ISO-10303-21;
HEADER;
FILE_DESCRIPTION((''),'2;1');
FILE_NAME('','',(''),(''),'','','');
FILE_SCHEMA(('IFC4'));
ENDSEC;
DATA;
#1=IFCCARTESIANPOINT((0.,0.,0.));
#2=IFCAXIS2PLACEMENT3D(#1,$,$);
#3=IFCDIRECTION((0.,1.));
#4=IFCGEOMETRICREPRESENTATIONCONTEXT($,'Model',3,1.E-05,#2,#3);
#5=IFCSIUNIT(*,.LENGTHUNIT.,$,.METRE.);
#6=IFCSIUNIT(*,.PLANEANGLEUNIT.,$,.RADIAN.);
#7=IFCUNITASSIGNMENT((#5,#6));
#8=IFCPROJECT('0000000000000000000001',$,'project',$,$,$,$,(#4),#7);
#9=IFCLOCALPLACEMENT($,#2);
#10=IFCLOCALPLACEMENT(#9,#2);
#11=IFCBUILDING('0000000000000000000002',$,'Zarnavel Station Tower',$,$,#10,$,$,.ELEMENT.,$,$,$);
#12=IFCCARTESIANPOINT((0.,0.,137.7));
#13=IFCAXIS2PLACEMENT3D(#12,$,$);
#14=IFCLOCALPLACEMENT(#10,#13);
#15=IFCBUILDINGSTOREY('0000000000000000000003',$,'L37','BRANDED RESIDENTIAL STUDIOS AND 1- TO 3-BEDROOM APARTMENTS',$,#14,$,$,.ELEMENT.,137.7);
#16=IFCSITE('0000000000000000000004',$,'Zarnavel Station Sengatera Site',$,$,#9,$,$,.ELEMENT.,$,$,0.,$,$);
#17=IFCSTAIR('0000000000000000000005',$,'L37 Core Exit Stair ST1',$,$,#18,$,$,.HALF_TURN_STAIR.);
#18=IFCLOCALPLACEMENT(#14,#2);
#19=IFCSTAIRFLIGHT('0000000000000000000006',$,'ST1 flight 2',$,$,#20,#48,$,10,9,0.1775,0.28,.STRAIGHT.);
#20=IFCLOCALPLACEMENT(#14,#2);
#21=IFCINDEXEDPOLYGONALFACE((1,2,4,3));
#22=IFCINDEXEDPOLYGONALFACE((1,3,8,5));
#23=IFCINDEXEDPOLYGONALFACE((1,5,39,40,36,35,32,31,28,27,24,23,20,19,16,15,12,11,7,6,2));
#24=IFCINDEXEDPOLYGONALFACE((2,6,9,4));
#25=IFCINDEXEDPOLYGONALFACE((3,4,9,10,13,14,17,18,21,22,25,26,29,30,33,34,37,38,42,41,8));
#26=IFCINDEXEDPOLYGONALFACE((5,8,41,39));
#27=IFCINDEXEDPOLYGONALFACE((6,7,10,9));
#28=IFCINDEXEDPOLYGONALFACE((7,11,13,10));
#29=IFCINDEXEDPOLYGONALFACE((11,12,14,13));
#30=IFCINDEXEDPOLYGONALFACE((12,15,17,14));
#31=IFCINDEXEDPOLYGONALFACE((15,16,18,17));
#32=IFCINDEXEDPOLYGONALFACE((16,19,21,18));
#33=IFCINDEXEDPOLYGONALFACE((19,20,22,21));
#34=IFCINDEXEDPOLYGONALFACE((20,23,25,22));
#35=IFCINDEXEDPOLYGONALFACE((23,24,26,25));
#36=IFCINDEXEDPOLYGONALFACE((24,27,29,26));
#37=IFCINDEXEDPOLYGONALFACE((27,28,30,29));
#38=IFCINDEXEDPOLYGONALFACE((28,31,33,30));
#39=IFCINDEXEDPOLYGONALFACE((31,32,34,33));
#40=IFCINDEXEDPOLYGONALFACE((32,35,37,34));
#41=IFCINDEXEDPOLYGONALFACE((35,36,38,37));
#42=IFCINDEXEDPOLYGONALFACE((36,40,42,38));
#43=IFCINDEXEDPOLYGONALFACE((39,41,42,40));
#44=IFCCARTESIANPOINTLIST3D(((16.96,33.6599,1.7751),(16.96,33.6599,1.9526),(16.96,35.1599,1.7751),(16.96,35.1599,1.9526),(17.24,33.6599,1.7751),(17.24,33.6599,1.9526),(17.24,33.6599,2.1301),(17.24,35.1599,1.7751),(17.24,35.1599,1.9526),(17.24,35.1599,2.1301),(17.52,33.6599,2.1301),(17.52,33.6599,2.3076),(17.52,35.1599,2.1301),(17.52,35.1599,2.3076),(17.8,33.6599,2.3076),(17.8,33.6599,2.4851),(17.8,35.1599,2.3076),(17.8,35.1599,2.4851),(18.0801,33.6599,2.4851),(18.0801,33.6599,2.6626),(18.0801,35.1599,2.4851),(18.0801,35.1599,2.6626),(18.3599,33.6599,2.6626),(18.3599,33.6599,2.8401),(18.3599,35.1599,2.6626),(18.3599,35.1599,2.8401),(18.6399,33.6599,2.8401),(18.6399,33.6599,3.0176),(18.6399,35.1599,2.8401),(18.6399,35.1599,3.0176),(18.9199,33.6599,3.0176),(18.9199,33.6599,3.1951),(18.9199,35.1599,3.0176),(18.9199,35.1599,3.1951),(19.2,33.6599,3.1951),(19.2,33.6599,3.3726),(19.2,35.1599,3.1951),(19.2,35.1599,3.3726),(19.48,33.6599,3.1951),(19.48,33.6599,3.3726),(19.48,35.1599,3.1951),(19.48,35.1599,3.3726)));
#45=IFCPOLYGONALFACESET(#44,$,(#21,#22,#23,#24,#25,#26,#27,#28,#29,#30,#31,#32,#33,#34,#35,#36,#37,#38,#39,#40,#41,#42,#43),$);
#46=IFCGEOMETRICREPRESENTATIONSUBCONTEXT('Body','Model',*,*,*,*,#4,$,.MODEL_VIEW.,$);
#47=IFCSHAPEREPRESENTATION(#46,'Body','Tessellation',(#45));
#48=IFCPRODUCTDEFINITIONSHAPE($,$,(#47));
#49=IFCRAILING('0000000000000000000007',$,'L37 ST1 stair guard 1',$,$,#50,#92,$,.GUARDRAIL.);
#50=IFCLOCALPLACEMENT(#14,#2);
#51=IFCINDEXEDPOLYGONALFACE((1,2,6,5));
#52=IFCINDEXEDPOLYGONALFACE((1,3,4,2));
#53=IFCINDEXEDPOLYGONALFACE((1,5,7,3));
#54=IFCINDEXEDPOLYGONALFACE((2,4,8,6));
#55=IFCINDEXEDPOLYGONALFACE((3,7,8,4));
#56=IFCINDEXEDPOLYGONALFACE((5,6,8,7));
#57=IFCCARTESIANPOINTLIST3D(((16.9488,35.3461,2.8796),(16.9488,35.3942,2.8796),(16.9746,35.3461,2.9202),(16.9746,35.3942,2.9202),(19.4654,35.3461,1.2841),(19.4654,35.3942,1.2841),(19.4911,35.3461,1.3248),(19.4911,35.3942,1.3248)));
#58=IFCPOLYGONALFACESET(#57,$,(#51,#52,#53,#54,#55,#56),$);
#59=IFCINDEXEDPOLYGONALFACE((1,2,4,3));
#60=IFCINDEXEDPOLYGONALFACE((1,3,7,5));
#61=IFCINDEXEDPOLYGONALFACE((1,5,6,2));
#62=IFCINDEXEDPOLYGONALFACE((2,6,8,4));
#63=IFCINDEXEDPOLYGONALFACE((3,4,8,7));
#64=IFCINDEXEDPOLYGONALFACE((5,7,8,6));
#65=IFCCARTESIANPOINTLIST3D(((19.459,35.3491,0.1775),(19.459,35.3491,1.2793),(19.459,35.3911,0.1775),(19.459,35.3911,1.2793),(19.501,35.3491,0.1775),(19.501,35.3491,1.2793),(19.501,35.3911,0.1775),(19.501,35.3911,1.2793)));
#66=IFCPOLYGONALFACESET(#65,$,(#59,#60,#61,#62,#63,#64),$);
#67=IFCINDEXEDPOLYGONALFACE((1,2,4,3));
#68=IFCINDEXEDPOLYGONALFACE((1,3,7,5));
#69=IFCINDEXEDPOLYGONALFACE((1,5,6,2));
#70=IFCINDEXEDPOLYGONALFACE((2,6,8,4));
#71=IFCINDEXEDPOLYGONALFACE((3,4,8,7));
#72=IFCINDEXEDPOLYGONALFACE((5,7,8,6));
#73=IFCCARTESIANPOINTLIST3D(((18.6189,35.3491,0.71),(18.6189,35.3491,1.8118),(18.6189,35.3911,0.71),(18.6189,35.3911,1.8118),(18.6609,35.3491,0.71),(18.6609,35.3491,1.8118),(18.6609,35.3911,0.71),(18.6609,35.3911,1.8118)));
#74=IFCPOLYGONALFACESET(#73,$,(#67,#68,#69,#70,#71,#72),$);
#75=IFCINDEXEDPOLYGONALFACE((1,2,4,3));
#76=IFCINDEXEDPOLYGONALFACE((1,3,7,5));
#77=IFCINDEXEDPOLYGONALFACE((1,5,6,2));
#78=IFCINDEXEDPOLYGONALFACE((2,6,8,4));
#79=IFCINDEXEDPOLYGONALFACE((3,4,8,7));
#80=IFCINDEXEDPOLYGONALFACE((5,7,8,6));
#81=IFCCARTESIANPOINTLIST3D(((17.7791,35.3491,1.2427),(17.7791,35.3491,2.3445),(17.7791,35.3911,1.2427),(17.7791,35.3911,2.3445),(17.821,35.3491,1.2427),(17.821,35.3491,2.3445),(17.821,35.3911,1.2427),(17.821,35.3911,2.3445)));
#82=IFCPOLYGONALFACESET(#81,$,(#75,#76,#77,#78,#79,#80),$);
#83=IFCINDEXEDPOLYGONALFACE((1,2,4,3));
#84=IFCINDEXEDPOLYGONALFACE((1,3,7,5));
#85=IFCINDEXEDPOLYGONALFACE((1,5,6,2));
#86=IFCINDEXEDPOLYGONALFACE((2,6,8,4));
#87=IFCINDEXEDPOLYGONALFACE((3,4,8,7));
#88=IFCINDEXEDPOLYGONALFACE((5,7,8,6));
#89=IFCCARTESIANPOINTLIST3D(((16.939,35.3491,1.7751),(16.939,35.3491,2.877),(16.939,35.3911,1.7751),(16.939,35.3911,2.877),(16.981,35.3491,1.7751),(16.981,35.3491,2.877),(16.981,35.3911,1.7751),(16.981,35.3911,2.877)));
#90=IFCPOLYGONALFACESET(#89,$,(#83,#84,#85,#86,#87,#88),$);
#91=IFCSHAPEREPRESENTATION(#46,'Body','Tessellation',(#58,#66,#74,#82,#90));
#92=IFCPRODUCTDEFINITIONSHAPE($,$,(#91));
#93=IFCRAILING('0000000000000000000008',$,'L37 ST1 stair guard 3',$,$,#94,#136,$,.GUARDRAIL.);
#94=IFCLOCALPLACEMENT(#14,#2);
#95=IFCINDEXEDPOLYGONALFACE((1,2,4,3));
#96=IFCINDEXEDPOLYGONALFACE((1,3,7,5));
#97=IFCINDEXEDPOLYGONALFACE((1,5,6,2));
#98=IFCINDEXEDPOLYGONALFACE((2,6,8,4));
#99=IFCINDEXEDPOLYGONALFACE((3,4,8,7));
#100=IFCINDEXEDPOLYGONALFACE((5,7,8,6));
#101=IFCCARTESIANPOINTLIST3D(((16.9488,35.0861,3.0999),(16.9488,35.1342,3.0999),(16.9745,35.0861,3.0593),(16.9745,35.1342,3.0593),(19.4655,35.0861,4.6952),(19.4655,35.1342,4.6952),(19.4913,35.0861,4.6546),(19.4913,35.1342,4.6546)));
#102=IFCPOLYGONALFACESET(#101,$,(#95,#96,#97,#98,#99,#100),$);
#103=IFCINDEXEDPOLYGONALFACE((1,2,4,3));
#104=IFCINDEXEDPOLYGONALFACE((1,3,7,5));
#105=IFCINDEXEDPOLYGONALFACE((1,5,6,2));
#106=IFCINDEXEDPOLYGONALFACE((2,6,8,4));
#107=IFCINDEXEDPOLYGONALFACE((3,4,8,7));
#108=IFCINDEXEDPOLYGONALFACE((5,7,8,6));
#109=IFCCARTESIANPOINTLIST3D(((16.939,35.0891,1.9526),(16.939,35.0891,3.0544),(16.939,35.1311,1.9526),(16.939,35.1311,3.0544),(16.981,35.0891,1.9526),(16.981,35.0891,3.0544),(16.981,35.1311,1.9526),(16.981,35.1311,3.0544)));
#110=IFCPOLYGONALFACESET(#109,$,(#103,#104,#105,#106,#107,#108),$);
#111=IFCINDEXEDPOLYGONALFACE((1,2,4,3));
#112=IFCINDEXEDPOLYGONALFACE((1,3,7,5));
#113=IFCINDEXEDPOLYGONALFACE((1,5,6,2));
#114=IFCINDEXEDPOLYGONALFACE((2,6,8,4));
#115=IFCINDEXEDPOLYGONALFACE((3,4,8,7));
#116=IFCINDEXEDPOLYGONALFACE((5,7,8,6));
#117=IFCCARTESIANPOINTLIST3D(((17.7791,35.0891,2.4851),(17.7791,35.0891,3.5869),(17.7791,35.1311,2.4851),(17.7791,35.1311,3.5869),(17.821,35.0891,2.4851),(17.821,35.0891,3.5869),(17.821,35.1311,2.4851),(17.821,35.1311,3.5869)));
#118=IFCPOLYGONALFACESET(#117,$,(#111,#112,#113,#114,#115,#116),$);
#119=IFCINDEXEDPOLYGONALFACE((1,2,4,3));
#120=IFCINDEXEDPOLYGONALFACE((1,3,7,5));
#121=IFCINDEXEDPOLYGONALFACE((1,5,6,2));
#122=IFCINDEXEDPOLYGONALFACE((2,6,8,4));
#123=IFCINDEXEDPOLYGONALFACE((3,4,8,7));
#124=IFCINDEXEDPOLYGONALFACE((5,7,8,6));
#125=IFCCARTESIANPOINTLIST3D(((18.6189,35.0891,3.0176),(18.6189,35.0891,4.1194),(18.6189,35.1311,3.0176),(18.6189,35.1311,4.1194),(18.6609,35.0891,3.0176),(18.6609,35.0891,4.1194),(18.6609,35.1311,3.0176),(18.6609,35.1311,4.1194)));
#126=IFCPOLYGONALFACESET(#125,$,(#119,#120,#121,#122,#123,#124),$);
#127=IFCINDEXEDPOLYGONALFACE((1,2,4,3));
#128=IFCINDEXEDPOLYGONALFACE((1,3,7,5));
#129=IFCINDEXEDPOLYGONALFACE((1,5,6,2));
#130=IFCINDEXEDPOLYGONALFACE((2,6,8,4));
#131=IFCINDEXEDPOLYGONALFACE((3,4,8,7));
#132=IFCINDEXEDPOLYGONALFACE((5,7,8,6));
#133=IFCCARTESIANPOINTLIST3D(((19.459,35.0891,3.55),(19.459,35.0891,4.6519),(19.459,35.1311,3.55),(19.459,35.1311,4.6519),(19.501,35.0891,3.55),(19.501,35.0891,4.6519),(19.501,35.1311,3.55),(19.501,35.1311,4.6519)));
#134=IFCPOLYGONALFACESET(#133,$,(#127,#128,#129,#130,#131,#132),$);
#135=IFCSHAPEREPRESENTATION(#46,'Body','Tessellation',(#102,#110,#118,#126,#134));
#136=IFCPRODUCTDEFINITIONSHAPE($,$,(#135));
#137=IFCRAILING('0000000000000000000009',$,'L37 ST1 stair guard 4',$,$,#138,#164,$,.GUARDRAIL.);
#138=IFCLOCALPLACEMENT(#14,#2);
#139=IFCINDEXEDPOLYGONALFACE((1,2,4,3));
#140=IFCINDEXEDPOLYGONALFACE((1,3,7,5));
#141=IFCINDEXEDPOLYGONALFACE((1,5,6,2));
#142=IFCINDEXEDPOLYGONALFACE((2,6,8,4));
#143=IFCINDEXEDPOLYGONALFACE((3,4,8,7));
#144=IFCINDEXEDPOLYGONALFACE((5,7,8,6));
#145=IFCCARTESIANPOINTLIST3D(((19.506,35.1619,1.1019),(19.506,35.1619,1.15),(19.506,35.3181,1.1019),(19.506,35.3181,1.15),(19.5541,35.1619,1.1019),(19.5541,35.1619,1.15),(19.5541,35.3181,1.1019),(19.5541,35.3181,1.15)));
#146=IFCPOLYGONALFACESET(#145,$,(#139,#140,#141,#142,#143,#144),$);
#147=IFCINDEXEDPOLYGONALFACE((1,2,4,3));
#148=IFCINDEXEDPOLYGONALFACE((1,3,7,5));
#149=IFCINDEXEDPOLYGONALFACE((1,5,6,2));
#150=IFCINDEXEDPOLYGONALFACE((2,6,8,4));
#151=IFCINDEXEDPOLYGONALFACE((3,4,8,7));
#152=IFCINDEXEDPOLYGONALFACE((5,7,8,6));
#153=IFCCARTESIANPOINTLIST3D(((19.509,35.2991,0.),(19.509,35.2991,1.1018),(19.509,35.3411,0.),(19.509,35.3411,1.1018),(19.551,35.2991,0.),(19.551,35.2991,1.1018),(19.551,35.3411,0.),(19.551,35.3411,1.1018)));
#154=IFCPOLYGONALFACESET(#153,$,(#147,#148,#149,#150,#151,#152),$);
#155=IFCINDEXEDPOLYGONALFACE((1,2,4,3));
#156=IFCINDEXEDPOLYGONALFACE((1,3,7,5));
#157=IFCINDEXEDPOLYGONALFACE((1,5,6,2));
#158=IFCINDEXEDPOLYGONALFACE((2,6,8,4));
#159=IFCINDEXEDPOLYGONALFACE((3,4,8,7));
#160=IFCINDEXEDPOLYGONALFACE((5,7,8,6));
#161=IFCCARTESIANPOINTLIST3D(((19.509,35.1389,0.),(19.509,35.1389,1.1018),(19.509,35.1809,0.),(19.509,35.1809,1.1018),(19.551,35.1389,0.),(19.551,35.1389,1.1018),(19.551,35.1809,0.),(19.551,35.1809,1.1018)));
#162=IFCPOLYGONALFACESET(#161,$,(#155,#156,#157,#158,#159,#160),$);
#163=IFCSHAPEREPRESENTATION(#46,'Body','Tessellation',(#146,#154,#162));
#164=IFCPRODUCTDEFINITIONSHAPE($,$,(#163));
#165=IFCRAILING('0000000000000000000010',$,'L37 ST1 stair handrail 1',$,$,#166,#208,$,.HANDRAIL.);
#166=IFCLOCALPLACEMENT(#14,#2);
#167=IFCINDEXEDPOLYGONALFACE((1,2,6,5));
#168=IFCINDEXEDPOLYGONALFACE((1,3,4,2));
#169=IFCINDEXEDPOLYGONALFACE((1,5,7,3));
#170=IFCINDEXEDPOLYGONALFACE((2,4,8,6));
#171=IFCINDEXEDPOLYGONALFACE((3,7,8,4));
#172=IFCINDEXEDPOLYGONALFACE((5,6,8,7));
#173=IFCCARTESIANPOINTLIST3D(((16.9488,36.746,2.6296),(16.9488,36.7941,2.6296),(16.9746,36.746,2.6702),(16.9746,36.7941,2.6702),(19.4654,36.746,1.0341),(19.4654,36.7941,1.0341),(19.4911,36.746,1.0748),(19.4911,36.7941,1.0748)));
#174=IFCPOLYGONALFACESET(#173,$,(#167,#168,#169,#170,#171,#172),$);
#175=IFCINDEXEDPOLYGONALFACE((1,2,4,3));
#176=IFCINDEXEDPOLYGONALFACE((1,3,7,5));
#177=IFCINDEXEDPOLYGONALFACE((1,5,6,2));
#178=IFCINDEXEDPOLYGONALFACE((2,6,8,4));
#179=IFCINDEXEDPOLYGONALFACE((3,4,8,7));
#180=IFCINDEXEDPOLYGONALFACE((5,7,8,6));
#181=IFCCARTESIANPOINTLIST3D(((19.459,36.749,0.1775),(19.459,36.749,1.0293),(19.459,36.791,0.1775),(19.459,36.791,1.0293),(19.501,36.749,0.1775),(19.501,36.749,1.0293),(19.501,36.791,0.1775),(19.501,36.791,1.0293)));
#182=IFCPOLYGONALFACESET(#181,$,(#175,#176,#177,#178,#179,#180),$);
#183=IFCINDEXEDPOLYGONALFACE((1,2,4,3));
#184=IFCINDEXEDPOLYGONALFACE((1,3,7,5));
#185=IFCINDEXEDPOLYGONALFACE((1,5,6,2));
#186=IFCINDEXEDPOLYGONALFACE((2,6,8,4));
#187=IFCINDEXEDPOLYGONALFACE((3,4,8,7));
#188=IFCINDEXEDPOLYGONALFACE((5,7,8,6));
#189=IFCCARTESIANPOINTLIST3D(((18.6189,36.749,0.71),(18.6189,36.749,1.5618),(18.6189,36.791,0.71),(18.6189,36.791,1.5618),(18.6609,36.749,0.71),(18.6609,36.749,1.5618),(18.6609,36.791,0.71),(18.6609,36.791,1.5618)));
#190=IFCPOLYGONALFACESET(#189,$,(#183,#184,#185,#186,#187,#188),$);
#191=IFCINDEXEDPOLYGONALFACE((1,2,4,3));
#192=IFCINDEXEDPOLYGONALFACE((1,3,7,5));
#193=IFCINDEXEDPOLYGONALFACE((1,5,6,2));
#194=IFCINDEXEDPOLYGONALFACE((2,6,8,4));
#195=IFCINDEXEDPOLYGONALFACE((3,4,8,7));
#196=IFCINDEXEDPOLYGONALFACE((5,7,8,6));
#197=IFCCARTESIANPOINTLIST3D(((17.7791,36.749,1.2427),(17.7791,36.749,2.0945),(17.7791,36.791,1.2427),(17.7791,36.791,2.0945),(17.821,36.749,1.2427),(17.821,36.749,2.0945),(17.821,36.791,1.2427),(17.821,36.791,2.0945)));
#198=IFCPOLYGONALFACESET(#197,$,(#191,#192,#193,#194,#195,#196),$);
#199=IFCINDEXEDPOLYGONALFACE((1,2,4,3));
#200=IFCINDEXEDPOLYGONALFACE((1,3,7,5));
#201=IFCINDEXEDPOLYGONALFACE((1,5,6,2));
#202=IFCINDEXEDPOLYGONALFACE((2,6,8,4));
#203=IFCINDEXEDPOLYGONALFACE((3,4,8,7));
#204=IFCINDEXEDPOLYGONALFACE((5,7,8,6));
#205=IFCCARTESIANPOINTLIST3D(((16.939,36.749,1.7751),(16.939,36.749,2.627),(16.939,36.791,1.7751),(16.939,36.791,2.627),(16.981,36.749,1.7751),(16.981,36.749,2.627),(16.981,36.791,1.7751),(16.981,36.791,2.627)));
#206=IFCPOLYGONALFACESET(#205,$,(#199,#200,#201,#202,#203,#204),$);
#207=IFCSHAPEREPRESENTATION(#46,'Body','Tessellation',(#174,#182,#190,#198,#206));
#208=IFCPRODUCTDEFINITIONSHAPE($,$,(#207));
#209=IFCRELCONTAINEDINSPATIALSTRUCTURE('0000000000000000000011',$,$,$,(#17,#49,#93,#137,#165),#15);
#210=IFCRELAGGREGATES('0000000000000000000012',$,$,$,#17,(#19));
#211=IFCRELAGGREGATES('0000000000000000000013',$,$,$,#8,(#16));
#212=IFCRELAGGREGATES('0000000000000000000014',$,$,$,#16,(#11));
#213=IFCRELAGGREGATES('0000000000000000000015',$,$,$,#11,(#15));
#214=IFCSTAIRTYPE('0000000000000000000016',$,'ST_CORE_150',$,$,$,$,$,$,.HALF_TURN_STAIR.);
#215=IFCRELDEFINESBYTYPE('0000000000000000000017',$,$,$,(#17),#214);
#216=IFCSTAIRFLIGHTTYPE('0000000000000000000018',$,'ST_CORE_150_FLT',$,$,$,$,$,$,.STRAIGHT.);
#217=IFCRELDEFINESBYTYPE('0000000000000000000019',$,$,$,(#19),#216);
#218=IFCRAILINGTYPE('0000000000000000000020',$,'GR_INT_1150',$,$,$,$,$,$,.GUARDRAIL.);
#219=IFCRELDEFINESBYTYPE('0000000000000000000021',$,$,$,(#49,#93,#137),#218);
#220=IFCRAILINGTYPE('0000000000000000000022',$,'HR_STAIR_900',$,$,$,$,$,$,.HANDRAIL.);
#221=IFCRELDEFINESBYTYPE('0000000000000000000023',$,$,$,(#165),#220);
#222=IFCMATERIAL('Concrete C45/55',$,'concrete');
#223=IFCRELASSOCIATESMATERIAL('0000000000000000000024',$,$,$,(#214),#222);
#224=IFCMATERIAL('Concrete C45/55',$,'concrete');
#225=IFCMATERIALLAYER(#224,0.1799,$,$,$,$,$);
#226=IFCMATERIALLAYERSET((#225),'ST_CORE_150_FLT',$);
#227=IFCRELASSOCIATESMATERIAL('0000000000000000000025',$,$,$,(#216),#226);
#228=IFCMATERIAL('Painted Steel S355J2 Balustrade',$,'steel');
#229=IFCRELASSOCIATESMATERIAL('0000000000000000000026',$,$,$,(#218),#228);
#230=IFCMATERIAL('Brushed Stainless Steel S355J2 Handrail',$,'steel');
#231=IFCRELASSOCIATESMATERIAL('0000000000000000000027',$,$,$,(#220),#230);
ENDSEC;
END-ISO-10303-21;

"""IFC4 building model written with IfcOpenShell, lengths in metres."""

from ifc_helpers import new_model, si_unit, direction, frame, origin, origin_2d, place, context, subcontext, project, spatial, polyline, rectangle, outline, extrude, material, layer, layer_set, type_object, element, aggregate, save


model = new_model("IFC4")

# Units and contexts
model_context = context("Model", 3, precision=1e-05, world=origin(), true_north=direction((0.0, 1.0)))
body_context = subcontext(model_context, "Body", "Model", "MODEL_VIEW")
ifc_project = project(units=[si_unit("LENGTHUNIT", "METRE"), si_unit("PLANEANGLEUNIT", "RADIAN")], contexts=[model_context])

# Site, building, storey
site_placement = place(None, origin())
site = spatial("IfcSite", under=ifc_project, at=site_placement, Name="Zarnavel Station Sengatera Site", CompositionType="ELEMENT", RefElevation=0.0)
building_placement = place(site_placement, origin())
building = spatial("IfcBuilding", under=site, at=building_placement, Name="Zarnavel Station Tower", CompositionType="ELEMENT")
storey_placement = place(building_placement, frame((0.0, 0.0, 137.7)))
storey = spatial("IfcBuildingStorey", under=building, at=storey_placement, Name="L37", Description="BRANDED RESIDENTIAL STUDIOS AND 1- TO 3-BEDROOM APARTMENTS", CompositionType="ELEMENT", Elevation=137.7)

# Stair, stair flight
ifc_material_1 = material(Name="Concrete C45/55", Category="concrete")
stair_type = type_object("IfcStairType", Name="ST_CORE_150", PredefinedType="HALF_TURN_STAIR", material=ifc_material_1)
stair_placement = place(storey_placement, origin())
stair = element("IfcStair", 1, at=stair_placement, inside=storey, type_object=stair_type, Name="L37 Core Exit Stair ST1", PredefinedType="HALF_TURN_STAIR")
ifc_material_2 = material(Name="Concrete C45/55", Category="concrete")
ifc_layer_1 = layer(ifc_material_2, 0.1799)
ifc_layer_set_1 = layer_set([ifc_layer_1], Name="ST_CORE_150_FLT")
stair_flight_type = type_object("IfcStairFlightType", Name="ST_CORE_150_FLT", PredefinedType="STRAIGHT", material=ifc_layer_set_1)
stair_flight_1_placement = place(storey_placement, frame((16.96, 34.4099, 1.7751), z_axis=(0.0, 0.0, 1.0), x_axis=(1.0, 0.0, 0.0)))
stair_flight_1 = element("IfcStairFlight", 2, at=stair_flight_1_placement, type_object=stair_flight_type, Name="ST1 flight 2", NumberOfRisers=10, NumberOfTreads=9, PredefinedType="STRAIGHT", RiserHeight=0.1775, TreadLength=0.28, context=body_context, shape_type="SweptSolid", body=[
    extrude(outline(polyline([(0.0, 0.0), (0.0, 0.1775), (0.28, 0.1775), (0.28, 0.355), (0.5601, 0.355), (0.5601, 0.5325), (0.8401, 0.5325), (0.8401, 0.71), (1.1201, 0.71), (1.1201, 0.8875), (1.3999, 0.8875), (1.3999, 1.0649), (1.6799, 1.0649), (1.6799, 1.2424), (1.96, 1.2424), (1.96, 1.4199), (2.24, 1.4199), (2.24, 1.5974), (2.52, 1.5974), (2.52, 1.7749), (2.52, 1.4199), (0.28, 0.0), (0.0, 0.0)])), frame((0.0, 0.75, 0.0), z_axis=(0.0, -1.0, 0.0), x_axis=(1.0, 0.0, 0.0)), (0.0, 0.0, 1.0), 1.5),
])
aggregate(stair, [stair_flight_1])

# Railings
ifc_material_3 = material(Name="Painted Steel S355J2 Balustrade", Category="steel")
railing_type_1 = type_object("IfcRailingType", Name="GR_INT_1150", PredefinedType="GUARDRAIL", material=ifc_material_3)
railing_1_placement = place(storey_placement, frame((19.48, 35.3701, 0.1775)))
element("IfcRailing", 3, at=railing_1_placement, inside=storey, type_object=railing_type_1, Name="L37 ST1 stair guard 1", PredefinedType="GUARDRAIL", context=body_context, shape_type="SweptSolid", body=[
    extrude(rectangle(XDim=0.0481, YDim=0.0481, at=origin_2d()), frame((-0.0017, 0.0, 1.127), z_axis=(-0.84457, 0.0, 0.535445), x_axis=(0.0, -1.0, 0.0)), (0.0, 0.0, 1.0), 2.9797),
    extrude(rectangle(XDim=0.042, YDim=0.042, at=origin_2d()), origin(), (0.0, 0.0, 1.0), 1.1018),
    extrude(rectangle(XDim=0.042, YDim=0.042, at=origin_2d()), frame((-0.8401, 0.0, 0.5325)), (0.0, 0.0, 1.0), 1.1018),
    extrude(rectangle(XDim=0.042, YDim=0.042, at=origin_2d()), frame((-1.6799, 0.0, 1.0652)), (0.0, 0.0, 1.0), 1.1018),
    extrude(rectangle(XDim=0.042, YDim=0.042, at=origin_2d()), frame((-2.52, 0.0, 1.5977)), (0.0, 0.0, 1.0), 1.1018),
])
railing_2_placement = place(storey_placement, frame((16.96, 35.1101, 1.9526)))
element("IfcRailing", 4, at=railing_2_placement, inside=storey, type_object=railing_type_1, Name="L37 ST1 stair guard 3", PredefinedType="GUARDRAIL", context=body_context, shape_type="SweptSolid", body=[
    extrude(rectangle(XDim=0.0481, YDim=0.0481, at=origin_2d()), frame((0.0017, 0.0, 1.127), z_axis=(0.844607, 0.0, 0.535387), x_axis=(0.0, 1.0, 0.0)), (0.0, 0.0, 1.0), 2.9797),
    extrude(rectangle(XDim=0.042, YDim=0.042, at=origin_2d()), origin(), (0.0, 0.0, 1.0), 1.1018),
    extrude(rectangle(XDim=0.042, YDim=0.042, at=origin_2d()), frame((0.8401, 0.0, 0.5325)), (0.0, 0.0, 1.0), 1.1018),
    extrude(rectangle(XDim=0.042, YDim=0.042, at=origin_2d()), frame((1.6799, 0.0, 1.0649)), (0.0, 0.0, 1.0), 1.1018),
    extrude(rectangle(XDim=0.042, YDim=0.042, at=origin_2d()), frame((2.52, 0.0, 1.5974)), (0.0, 0.0, 1.0), 1.1018),
])
railing_3_placement = place(storey_placement, frame((19.53, 35.3201, 0.0)))
element("IfcRailing", 5, at=railing_3_placement, inside=storey, type_object=railing_type_1, Name="L37 ST1 stair guard 4", PredefinedType="GUARDRAIL", context=body_context, shape_type="SweptSolid", body=[
    extrude(rectangle(XDim=0.0481, YDim=0.0481, at=origin_2d()), frame((0.0, -0.002, 1.126), z_axis=(0.0, -1.0, 0.0), x_axis=(1.0, 0.0, 0.0)), (0.0, 0.0, 1.0), 0.1562),
    extrude(rectangle(XDim=0.042, YDim=0.042, at=origin_2d()), origin(), (0.0, 0.0, 1.0), 1.1018),
    extrude(rectangle(XDim=0.042, YDim=0.042, at=origin_2d()), frame((0.0, -0.1602, 0.0)), (0.0, 0.0, 1.0), 1.1018),
])
ifc_material_4 = material(Name="Brushed Stainless Steel S355J2 Handrail", Category="steel")
railing_type_2 = type_object("IfcRailingType", Name="HR_STAIR_900", PredefinedType="HANDRAIL", material=ifc_material_4)
railing_4_placement = place(storey_placement, frame((19.48, 36.77, 0.1775)))
element("IfcRailing", 6, at=railing_4_placement, inside=storey, type_object=railing_type_2, Name="L37 ST1 stair handrail 1", PredefinedType="HANDRAIL", context=body_context, shape_type="SweptSolid", body=[
    extrude(rectangle(XDim=0.0481, YDim=0.0481, at=origin_2d()), frame((-0.0017, 0.0, 0.877), z_axis=(-0.84457, 0.0, 0.535445), x_axis=(0.0, -1.0, 0.0)), (0.0, 0.0, 1.0), 2.9797),
    extrude(rectangle(XDim=0.042, YDim=0.042, at=origin_2d()), origin(), (0.0, 0.0, 1.0), 0.8518),
    extrude(rectangle(XDim=0.042, YDim=0.042, at=origin_2d()), frame((-0.8401, 0.0, 0.5325)), (0.0, 0.0, 1.0), 0.8518),
    extrude(rectangle(XDim=0.042, YDim=0.042, at=origin_2d()), frame((-1.6799, 0.0, 1.0652)), (0.0, 0.0, 1.0), 0.8518),
    extrude(rectangle(XDim=0.042, YDim=0.042, at=origin_2d()), frame((-2.52, 0.0, 1.5977)), (0.0, 0.0, 1.0), 0.8518),
])

save(model, "model.ifc")
